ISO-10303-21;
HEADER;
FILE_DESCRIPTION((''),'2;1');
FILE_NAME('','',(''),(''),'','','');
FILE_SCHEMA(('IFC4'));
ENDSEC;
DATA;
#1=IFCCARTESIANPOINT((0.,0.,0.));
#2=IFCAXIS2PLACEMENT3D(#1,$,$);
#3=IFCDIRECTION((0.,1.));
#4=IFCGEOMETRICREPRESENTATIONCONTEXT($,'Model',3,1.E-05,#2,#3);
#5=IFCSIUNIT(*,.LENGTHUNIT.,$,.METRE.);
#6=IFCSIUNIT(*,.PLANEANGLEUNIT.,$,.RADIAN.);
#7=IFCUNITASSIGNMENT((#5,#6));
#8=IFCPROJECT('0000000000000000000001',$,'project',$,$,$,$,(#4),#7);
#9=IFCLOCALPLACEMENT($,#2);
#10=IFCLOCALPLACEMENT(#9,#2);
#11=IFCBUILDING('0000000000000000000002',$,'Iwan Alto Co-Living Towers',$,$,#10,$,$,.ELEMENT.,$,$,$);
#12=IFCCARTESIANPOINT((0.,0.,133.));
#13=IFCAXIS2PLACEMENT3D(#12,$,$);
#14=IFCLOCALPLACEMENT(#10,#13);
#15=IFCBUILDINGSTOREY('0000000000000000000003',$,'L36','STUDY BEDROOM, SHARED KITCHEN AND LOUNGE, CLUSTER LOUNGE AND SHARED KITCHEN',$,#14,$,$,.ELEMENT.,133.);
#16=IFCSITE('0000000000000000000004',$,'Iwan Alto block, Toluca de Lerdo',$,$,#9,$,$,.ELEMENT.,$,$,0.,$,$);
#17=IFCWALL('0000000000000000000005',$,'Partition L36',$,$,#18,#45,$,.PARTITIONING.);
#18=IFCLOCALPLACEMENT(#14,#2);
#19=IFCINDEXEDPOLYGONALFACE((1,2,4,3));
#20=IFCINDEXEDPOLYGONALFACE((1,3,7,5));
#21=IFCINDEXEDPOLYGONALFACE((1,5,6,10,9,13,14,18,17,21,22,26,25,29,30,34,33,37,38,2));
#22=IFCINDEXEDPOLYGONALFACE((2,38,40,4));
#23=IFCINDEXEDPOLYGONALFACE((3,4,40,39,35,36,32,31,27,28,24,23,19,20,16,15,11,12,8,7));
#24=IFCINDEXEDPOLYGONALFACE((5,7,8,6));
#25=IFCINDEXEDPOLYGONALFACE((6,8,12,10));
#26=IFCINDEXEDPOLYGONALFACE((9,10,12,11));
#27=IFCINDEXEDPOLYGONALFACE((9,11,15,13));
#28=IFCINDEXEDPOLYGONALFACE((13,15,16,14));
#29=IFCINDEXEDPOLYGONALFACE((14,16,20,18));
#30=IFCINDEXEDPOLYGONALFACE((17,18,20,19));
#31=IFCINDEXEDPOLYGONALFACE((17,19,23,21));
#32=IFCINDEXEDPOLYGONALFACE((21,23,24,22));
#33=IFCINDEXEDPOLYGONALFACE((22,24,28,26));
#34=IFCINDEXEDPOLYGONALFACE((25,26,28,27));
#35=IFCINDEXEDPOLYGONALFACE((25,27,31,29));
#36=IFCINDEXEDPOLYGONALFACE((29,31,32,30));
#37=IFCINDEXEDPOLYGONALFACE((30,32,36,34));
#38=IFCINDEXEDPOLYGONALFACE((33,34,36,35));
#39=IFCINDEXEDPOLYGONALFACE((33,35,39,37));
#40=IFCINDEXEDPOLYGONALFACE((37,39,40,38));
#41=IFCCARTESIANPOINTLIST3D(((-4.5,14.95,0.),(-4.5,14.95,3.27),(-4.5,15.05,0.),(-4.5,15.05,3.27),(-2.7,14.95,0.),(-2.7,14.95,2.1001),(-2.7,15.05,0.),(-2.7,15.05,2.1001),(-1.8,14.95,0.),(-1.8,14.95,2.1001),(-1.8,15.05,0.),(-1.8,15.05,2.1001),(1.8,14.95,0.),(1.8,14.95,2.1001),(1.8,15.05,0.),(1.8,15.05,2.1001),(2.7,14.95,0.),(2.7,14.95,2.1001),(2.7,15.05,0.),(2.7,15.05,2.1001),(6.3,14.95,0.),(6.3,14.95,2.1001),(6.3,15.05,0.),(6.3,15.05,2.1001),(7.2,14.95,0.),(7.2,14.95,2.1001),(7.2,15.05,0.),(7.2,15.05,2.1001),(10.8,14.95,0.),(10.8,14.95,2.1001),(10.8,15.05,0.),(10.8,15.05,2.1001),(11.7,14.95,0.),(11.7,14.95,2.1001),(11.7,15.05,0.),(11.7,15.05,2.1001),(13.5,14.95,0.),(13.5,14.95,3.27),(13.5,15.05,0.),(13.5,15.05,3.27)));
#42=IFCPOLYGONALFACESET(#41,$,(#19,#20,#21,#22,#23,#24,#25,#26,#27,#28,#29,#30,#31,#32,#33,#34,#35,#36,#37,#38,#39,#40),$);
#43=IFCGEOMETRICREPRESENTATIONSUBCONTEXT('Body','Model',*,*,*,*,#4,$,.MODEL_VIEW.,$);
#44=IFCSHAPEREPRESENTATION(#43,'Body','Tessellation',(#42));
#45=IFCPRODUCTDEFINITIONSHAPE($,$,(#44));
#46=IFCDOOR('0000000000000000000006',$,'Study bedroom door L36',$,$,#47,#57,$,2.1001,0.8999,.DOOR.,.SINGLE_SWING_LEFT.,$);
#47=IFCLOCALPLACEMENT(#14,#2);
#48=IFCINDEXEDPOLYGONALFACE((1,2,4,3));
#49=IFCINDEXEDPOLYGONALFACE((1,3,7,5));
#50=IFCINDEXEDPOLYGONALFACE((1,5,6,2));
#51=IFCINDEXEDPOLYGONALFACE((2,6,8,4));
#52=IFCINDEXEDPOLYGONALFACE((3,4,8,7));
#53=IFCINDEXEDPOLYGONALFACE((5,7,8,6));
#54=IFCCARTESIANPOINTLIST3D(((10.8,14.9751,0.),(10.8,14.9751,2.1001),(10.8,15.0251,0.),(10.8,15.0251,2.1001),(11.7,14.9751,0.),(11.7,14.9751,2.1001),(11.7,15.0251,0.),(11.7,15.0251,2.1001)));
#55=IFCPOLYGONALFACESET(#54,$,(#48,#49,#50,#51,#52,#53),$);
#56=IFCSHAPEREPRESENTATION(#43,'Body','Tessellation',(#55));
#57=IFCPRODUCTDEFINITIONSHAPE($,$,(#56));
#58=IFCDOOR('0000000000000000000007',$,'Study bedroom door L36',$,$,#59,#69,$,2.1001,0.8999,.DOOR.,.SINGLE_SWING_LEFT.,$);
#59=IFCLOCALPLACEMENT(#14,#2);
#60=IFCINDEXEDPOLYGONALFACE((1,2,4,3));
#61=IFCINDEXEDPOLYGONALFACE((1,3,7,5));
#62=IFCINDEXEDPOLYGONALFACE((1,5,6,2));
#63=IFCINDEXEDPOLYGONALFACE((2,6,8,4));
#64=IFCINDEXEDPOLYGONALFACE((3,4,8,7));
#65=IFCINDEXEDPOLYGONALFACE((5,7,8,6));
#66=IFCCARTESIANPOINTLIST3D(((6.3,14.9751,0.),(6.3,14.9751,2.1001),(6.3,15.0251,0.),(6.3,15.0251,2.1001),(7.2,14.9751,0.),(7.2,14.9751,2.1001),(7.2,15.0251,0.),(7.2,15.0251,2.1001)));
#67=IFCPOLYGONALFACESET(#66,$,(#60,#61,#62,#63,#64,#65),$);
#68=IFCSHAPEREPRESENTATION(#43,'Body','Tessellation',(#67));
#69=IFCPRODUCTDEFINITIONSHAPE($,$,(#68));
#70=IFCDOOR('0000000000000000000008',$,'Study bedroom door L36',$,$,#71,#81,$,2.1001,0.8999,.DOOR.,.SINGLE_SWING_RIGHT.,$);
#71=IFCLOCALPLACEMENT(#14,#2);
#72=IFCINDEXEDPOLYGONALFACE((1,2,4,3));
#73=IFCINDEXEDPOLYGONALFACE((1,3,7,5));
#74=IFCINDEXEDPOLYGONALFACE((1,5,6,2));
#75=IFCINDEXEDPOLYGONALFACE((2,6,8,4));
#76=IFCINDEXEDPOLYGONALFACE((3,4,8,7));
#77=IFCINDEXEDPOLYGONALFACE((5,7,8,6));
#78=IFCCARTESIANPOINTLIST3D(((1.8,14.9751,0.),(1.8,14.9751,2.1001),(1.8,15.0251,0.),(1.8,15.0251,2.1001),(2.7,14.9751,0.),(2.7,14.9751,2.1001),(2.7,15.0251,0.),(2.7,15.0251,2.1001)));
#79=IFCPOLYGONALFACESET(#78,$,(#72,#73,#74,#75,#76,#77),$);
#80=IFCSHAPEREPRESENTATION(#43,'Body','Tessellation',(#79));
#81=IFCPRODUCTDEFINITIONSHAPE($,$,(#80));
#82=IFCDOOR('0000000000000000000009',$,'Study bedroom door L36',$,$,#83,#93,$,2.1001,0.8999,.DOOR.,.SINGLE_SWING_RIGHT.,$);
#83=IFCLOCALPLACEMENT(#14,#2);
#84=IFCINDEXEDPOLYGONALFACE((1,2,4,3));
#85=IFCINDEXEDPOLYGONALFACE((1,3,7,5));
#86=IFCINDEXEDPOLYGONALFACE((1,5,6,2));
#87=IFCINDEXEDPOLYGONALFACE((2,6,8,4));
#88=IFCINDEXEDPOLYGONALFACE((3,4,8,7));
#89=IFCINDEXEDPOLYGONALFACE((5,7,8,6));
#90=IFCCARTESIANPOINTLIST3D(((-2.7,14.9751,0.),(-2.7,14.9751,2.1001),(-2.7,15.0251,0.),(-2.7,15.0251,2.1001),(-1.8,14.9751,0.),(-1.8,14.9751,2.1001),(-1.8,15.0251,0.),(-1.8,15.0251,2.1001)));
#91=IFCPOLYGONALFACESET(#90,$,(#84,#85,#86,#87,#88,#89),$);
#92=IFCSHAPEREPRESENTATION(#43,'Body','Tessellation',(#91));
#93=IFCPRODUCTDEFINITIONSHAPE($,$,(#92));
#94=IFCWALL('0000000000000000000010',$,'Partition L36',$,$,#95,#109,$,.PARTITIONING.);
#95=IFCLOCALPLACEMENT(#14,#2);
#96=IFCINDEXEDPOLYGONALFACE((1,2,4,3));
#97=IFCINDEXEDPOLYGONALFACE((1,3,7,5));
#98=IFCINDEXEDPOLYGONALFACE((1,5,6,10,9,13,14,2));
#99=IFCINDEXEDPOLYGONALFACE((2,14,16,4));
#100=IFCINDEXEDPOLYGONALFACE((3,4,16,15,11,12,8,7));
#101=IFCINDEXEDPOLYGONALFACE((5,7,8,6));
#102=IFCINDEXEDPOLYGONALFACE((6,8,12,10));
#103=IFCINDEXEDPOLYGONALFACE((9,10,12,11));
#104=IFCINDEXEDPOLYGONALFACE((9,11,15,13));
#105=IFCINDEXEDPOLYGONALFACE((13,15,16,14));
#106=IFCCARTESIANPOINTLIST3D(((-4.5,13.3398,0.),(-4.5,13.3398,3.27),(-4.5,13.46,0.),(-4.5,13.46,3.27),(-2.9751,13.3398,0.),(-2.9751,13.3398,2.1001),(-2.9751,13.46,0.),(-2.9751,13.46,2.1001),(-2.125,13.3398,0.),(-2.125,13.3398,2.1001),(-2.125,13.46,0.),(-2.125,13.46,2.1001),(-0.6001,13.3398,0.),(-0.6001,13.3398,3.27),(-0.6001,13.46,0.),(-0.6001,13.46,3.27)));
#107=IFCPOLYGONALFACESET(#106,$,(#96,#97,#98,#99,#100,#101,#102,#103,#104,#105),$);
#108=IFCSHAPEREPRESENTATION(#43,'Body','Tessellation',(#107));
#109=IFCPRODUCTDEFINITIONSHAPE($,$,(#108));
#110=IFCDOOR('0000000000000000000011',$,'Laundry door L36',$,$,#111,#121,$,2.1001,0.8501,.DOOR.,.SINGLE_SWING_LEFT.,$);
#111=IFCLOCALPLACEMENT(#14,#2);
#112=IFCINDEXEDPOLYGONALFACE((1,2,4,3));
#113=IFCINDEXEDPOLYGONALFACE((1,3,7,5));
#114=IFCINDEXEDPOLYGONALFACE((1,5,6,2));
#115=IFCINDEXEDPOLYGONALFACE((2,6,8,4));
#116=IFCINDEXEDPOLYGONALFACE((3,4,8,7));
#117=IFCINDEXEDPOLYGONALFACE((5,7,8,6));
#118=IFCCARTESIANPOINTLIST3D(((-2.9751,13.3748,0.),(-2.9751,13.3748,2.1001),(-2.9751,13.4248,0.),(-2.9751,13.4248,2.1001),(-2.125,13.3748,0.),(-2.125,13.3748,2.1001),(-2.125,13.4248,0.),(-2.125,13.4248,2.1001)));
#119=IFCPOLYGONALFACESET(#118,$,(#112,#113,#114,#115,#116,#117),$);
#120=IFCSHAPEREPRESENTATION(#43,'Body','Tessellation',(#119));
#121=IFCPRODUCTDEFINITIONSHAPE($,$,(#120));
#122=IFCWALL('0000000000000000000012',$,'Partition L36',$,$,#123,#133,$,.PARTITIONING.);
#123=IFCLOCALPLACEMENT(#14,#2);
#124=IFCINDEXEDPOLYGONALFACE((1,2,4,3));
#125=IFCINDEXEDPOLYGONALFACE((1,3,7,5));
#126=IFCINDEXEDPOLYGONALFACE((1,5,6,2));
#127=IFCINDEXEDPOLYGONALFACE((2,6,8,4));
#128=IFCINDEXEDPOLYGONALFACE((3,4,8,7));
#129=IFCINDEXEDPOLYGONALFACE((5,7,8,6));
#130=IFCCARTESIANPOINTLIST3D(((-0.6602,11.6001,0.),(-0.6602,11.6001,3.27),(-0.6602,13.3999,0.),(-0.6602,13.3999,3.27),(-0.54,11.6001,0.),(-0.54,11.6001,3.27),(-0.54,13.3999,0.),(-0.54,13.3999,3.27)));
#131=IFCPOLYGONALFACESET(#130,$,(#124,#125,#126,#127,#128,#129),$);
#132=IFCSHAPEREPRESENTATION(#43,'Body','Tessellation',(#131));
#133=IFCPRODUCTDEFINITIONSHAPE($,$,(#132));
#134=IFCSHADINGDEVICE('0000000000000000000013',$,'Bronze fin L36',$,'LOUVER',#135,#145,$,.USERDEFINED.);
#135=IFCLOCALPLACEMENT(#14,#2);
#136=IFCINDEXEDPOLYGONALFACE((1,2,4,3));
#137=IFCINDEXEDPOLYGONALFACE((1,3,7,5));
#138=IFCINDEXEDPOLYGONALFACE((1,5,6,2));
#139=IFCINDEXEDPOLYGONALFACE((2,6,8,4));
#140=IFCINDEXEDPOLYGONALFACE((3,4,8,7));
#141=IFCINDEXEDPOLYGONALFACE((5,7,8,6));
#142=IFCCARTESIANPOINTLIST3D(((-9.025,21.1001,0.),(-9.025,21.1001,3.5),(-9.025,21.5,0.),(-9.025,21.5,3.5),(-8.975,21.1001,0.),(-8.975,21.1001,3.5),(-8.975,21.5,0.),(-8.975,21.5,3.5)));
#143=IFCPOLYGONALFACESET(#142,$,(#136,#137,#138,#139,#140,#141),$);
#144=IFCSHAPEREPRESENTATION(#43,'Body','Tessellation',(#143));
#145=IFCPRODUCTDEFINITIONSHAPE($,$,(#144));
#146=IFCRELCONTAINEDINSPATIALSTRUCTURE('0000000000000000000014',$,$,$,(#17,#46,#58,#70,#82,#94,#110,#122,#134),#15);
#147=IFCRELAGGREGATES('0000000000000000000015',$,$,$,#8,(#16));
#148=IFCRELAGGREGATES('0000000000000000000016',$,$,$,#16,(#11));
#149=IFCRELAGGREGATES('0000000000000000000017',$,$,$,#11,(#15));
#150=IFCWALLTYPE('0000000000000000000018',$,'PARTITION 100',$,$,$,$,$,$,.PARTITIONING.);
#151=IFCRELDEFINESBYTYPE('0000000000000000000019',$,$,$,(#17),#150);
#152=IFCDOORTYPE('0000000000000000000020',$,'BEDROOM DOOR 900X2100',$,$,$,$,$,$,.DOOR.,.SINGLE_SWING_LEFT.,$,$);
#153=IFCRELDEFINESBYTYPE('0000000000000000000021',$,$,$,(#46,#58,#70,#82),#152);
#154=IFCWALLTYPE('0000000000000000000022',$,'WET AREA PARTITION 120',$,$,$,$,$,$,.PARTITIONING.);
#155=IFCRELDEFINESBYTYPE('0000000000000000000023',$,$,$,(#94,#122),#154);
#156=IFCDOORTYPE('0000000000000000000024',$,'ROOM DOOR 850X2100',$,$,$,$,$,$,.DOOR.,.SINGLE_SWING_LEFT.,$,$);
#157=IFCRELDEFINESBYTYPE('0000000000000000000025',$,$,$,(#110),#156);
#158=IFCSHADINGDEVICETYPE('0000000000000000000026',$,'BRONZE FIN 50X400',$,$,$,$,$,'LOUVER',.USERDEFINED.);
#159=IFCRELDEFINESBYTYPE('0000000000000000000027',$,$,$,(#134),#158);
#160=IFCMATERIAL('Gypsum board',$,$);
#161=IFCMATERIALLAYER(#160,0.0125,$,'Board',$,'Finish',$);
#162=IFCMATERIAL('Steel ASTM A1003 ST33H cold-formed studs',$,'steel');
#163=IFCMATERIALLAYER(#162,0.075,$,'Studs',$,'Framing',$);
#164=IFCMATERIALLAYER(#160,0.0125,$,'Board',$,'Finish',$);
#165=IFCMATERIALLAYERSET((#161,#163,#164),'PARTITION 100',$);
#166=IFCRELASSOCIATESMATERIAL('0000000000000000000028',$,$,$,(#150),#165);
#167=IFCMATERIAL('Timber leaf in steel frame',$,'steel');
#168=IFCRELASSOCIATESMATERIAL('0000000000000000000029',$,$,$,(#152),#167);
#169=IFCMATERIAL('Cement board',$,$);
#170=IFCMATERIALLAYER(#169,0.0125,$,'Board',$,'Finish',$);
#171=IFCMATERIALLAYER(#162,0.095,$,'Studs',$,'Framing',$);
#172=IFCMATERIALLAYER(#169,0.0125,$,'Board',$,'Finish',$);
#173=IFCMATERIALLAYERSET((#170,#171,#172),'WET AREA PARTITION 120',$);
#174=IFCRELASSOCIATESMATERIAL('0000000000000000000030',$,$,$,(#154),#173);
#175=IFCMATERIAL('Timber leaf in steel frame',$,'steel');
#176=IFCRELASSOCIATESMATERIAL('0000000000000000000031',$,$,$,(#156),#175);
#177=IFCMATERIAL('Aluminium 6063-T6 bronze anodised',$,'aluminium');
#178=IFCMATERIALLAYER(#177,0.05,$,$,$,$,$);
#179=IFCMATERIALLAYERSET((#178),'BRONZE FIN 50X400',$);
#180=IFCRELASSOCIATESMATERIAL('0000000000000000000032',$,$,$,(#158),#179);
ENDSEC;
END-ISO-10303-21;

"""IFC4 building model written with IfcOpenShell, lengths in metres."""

from ifc_helpers import new_model, si_unit, direction, frame, frame_2d, origin, origin_2d, place, context, subcontext, project, spatial, rectangle, extrude, material, layer, layer_set, type_object, element, fill, save


model = new_model("IFC4")

# Units and contexts
model_context = context("Model", 3, precision=1e-05, world=origin(), true_north=direction((0.0, 1.0)))
body_context = subcontext(model_context, "Body", "Model", "MODEL_VIEW")
ifc_project = project(units=[si_unit("LENGTHUNIT", "METRE"), si_unit("PLANEANGLEUNIT", "RADIAN")], contexts=[model_context])

# Site, building, storey
site_placement = place(None, origin())
site = spatial("IfcSite", under=ifc_project, at=site_placement, Name="Iwan Alto block, Toluca de Lerdo", CompositionType="ELEMENT", RefElevation=0.0)
building_placement = place(site_placement, origin())
building = spatial("IfcBuilding", under=site, at=building_placement, Name="Iwan Alto Co-Living Towers", CompositionType="ELEMENT")
storey_placement = place(building_placement, frame((0.0, 0.0, 133.0)))
storey = spatial("IfcBuildingStorey", under=building, at=storey_placement, Name="L36", Description="STUDY BEDROOM, SHARED KITCHEN AND LOUNGE, CLUSTER LOUNGE AND SHARED KITCHEN", CompositionType="ELEMENT", Elevation=133.0)

# Wall, openings, doors
ifc_material_1 = material(Name="Gypsum board")
ifc_layer_1 = layer(ifc_material_1, 0.0125, Name="Board", Category="Finish")
ifc_material_2 = material(Name="Steel ASTM A1003 ST33H cold-formed studs", Category="steel")
ifc_layer_2 = layer(ifc_material_2, 0.075, Name="Studs", Category="Framing")
ifc_layer_3 = layer(ifc_material_1, 0.0125, Name="Board", Category="Finish")
ifc_layer_set_1 = layer_set([ifc_layer_1, ifc_layer_2, ifc_layer_3], Name="PARTITION 100")
wall_type_1 = type_object("IfcWallType", Name="PARTITION 100", PredefinedType="PARTITIONING", material=ifc_layer_set_1)
wall_1_placement = place(storey_placement, frame((-4.5, 15.0, 0.0), z_axis=(0.0, 0.0, 1.0), x_axis=(1.0, 0.0, 0.0)))
wall_1 = element("IfcWall", 1, at=wall_1_placement, inside=storey, type_object=wall_type_1, Name="Partition L36", PredefinedType="PARTITIONING", context=body_context, shape_type="SweptSolid", body=[
    extrude(rectangle(XDim=18.0, YDim=0.1001, at=frame_2d((9.0, 0.0))), origin(), (0.0, 0.0, 1.0), 3.27),
])
opening_1_placement = place(wall_1_placement, frame((15.3, 0.0, 0.0)))
opening_1 = element("IfcOpeningElement", 2, at=opening_1_placement, cuts=wall_1, PredefinedType="OPENING", context=body_context, shape_type="SweptSolid", body=[
    extrude(rectangle(XDim=0.8999, YDim=2.1001, at=frame_2d((0.45, 1.05))), frame((0.0, 0.0601, 0.0), z_axis=(0.0, -1.0, 0.0), x_axis=(1.0, 0.0, 0.0)), (0.0, 0.0, 1.0), 0.1201),
])
opening_2_placement = place(wall_1_placement, frame((10.8, 0.0, 0.0)))
opening_2 = element("IfcOpeningElement", 3, at=opening_2_placement, cuts=wall_1, PredefinedType="OPENING", context=body_context, shape_type="SweptSolid", body=[
    extrude(rectangle(XDim=0.8999, YDim=2.1001, at=frame_2d((0.45, 1.05))), frame((0.0, 0.0601, 0.0), z_axis=(0.0, -1.0, 0.0), x_axis=(1.0, 0.0, 0.0)), (0.0, 0.0, 1.0), 0.1201),
])
opening_3_placement = place(wall_1_placement, frame((6.3, 0.0, 0.0)))
opening_3 = element("IfcOpeningElement", 4, at=opening_3_placement, cuts=wall_1, PredefinedType="OPENING", context=body_context, shape_type="SweptSolid", body=[
    extrude(rectangle(XDim=0.8999, YDim=2.1001, at=frame_2d((0.45, 1.05))), frame((0.0, 0.0601, 0.0), z_axis=(0.0, -1.0, 0.0), x_axis=(1.0, 0.0, 0.0)), (0.0, 0.0, 1.0), 0.1201),
])
opening_4_placement = place(wall_1_placement, frame((1.8, 0.0, 0.0)))
opening_4 = element("IfcOpeningElement", 5, at=opening_4_placement, cuts=wall_1, PredefinedType="OPENING", context=body_context, shape_type="SweptSolid", body=[
    extrude(rectangle(XDim=0.8999, YDim=2.1001, at=frame_2d((0.45, 1.05))), frame((0.0, 0.0601, 0.0), z_axis=(0.0, -1.0, 0.0), x_axis=(1.0, 0.0, 0.0)), (0.0, 0.0, 1.0), 0.1201),
])
ifc_material_3 = material(Name="Timber leaf in steel frame", Category="steel")
door_type_1 = type_object("IfcDoorType", Name="BEDROOM DOOR 900X2100", OperationType="SINGLE_SWING_LEFT", PredefinedType="DOOR", material=ifc_material_3)
door_1_placement = place(opening_1_placement, frame((0.8999, 0.0, 0.0), z_axis=(0.0, 0.0, 1.0), x_axis=(-1.0, 0.0, 0.0)))
door_1 = element("IfcDoor", 6, at=door_1_placement, inside=storey, type_object=door_type_1, Name="Study bedroom door L36", OperationType="SINGLE_SWING_LEFT", OverallHeight=2.1001, OverallWidth=0.8999, PredefinedType="DOOR", context=body_context, shape_type="SweptSolid", body=[
    extrude(rectangle(XDim=0.8999, YDim=2.1001, at=frame_2d((0.45, 1.05))), frame((0.0, 0.0249, 0.0), z_axis=(0.0, -1.0, 0.0), x_axis=(1.0, 0.0, 0.0)), (0.0, 0.0, 1.0), 0.05),
])
fill(opening_1, door_1)
door_2_placement = place(opening_2_placement, frame((0.8999, 0.0, 0.0), z_axis=(0.0, 0.0, 1.0), x_axis=(-1.0, 0.0, 0.0)))
door_2 = element("IfcDoor", 7, at=door_2_placement, inside=storey, type_object=door_type_1, Name="Study bedroom door L36", OperationType="SINGLE_SWING_LEFT", OverallHeight=2.1001, OverallWidth=0.8999, PredefinedType="DOOR", context=body_context, shape_type="SweptSolid", body=[
    extrude(rectangle(XDim=0.8999, YDim=2.1001, at=frame_2d((0.45, 1.05))), frame((0.0, 0.0249, 0.0), z_axis=(0.0, -1.0, 0.0), x_axis=(1.0, 0.0, 0.0)), (0.0, 0.0, 1.0), 0.05),
])
fill(opening_2, door_2)
door_3_placement = place(opening_3_placement, frame((0.8999, 0.0, 0.0), z_axis=(0.0, 0.0, 1.0), x_axis=(-1.0, 0.0, 0.0)))
door_3 = element("IfcDoor", 8, at=door_3_placement, inside=storey, type_object=door_type_1, Name="Study bedroom door L36", OperationType="SINGLE_SWING_RIGHT", OverallHeight=2.1001, OverallWidth=0.8999, PredefinedType="DOOR", context=body_context, shape_type="SweptSolid", body=[
    extrude(rectangle(XDim=0.8999, YDim=2.1001, at=frame_2d((0.45, 1.05))), frame((0.0, 0.0249, 0.0), z_axis=(0.0, -1.0, 0.0), x_axis=(1.0, 0.0, 0.0)), (0.0, 0.0, 1.0), 0.05),
])
fill(opening_3, door_3)
door_4_placement = place(opening_4_placement, frame((0.8999, 0.0, 0.0), z_axis=(0.0, 0.0, 1.0), x_axis=(-1.0, 0.0, 0.0)))
door_4 = element("IfcDoor", 9, at=door_4_placement, inside=storey, type_object=door_type_1, Name="Study bedroom door L36", OperationType="SINGLE_SWING_RIGHT", OverallHeight=2.1001, OverallWidth=0.8999, PredefinedType="DOOR", context=body_context, shape_type="SweptSolid", body=[
    extrude(rectangle(XDim=0.8999, YDim=2.1001, at=frame_2d((0.45, 1.05))), frame((0.0, 0.0249, 0.0), z_axis=(0.0, -1.0, 0.0), x_axis=(1.0, 0.0, 0.0)), (0.0, 0.0, 1.0), 0.05),
])
fill(opening_4, door_4)

# Wall, opening, door
ifc_material_4 = material(Name="Cement board")
ifc_layer_4 = layer(ifc_material_4, 0.0125, Name="Board", Category="Finish")
ifc_layer_5 = layer(ifc_material_2, 0.095, Name="Studs", Category="Framing")
ifc_layer_6 = layer(ifc_material_4, 0.0125, Name="Board", Category="Finish")
ifc_layer_set_2 = layer_set([ifc_layer_4, ifc_layer_5, ifc_layer_6], Name="WET AREA PARTITION 120")
wall_type_2 = type_object("IfcWallType", Name="WET AREA PARTITION 120", PredefinedType="PARTITIONING", material=ifc_layer_set_2)
wall_2_placement = place(storey_placement, frame((-4.5, 13.3999, 0.0), z_axis=(0.0, 0.0, 1.0), x_axis=(1.0, 0.0, 0.0)))
wall_2 = element("IfcWall", 10, at=wall_2_placement, inside=storey, type_object=wall_type_2, Name="Partition L36", PredefinedType="PARTITIONING", context=body_context, shape_type="SweptSolid", body=[
    extrude(rectangle(XDim=3.8999, YDim=0.1201, at=frame_2d((1.95, 0.0))), origin(), (0.0, 0.0, 1.0), 3.27),
])
opening_5_placement = place(wall_2_placement, frame((1.5249, 0.0, 0.0)))
opening_5 = element("IfcOpeningElement", 11, at=opening_5_placement, cuts=wall_2, PredefinedType="OPENING", context=body_context, shape_type="SweptSolid", body=[
    extrude(rectangle(XDim=0.8501, YDim=2.1001, at=frame_2d((0.425, 1.05))), frame((0.0, 0.0701, 0.0), z_axis=(0.0, -1.0, 0.0), x_axis=(1.0, 0.0, 0.0)), (0.0, 0.0, 1.0), 0.1401),
])
ifc_material_5 = material(Name="Timber leaf in steel frame", Category="steel")
door_type_2 = type_object("IfcDoorType", Name="ROOM DOOR 850X2100", OperationType="SINGLE_SWING_LEFT", PredefinedType="DOOR", material=ifc_material_5)
door_5_placement = place(opening_5_placement, origin())
door_5 = element("IfcDoor", 12, at=door_5_placement, inside=storey, type_object=door_type_2, Name="Laundry door L36", OperationType="SINGLE_SWING_LEFT", OverallHeight=2.1001, OverallWidth=0.8501, PredefinedType="DOOR", context=body_context, shape_type="SweptSolid", body=[
    extrude(rectangle(XDim=0.8501, YDim=2.1001, at=frame_2d((0.425, 1.05))), frame((0.0, 0.0249, 0.0), z_axis=(0.0, -1.0, 0.0), x_axis=(1.0, 0.0, 0.0)), (0.0, 0.0, 1.0), 0.05),
])
fill(opening_5, door_5)

# Wall
wall_3_placement = place(storey_placement, frame((-0.6001, 11.6001, 0.0), z_axis=(0.0, 0.0, 1.0), x_axis=(0.0, 1.0, 0.0)))
element("IfcWall", 13, at=wall_3_placement, inside=storey, type_object=wall_type_2, Name="Partition L36", PredefinedType="PARTITIONING", context=body_context, shape_type="SweptSolid", body=[
    extrude(rectangle(XDim=1.7998, YDim=0.1201, at=frame_2d((0.8999, 0.0))), origin(), (0.0, 0.0, 1.0), 3.27),
])

# Shading device
ifc_material_6 = material(Name="Aluminium 6063-T6 bronze anodised", Category="aluminium")
ifc_layer_7 = layer(ifc_material_6, 0.05)
ifc_layer_set_3 = layer_set([ifc_layer_7], Name="BRONZE FIN 50X400")
shading_device_type = type_object("IfcShadingDeviceType", Name="BRONZE FIN 50X400", ElementType="LOUVER", PredefinedType="USERDEFINED", material=ifc_layer_set_3)
shading_device_placement = place(storey_placement, frame((-9.0, 21.3, 0.0), z_axis=(0.0, 0.0, 1.0), x_axis=(-1.0, 0.0, 0.0)))
element("IfcShadingDevice", 14, at=shading_device_placement, inside=storey, type_object=shading_device_type, Name="Bronze fin L36", ObjectType="LOUVER", PredefinedType="USERDEFINED", context=body_context, shape_type="SweptSolid", body=[
    extrude(rectangle(XDim=0.05, YDim=0.3999, at=origin_2d()), origin(), (0.0, 0.0, 1.0), 3.5),
])

save(model, "model.ifc")
